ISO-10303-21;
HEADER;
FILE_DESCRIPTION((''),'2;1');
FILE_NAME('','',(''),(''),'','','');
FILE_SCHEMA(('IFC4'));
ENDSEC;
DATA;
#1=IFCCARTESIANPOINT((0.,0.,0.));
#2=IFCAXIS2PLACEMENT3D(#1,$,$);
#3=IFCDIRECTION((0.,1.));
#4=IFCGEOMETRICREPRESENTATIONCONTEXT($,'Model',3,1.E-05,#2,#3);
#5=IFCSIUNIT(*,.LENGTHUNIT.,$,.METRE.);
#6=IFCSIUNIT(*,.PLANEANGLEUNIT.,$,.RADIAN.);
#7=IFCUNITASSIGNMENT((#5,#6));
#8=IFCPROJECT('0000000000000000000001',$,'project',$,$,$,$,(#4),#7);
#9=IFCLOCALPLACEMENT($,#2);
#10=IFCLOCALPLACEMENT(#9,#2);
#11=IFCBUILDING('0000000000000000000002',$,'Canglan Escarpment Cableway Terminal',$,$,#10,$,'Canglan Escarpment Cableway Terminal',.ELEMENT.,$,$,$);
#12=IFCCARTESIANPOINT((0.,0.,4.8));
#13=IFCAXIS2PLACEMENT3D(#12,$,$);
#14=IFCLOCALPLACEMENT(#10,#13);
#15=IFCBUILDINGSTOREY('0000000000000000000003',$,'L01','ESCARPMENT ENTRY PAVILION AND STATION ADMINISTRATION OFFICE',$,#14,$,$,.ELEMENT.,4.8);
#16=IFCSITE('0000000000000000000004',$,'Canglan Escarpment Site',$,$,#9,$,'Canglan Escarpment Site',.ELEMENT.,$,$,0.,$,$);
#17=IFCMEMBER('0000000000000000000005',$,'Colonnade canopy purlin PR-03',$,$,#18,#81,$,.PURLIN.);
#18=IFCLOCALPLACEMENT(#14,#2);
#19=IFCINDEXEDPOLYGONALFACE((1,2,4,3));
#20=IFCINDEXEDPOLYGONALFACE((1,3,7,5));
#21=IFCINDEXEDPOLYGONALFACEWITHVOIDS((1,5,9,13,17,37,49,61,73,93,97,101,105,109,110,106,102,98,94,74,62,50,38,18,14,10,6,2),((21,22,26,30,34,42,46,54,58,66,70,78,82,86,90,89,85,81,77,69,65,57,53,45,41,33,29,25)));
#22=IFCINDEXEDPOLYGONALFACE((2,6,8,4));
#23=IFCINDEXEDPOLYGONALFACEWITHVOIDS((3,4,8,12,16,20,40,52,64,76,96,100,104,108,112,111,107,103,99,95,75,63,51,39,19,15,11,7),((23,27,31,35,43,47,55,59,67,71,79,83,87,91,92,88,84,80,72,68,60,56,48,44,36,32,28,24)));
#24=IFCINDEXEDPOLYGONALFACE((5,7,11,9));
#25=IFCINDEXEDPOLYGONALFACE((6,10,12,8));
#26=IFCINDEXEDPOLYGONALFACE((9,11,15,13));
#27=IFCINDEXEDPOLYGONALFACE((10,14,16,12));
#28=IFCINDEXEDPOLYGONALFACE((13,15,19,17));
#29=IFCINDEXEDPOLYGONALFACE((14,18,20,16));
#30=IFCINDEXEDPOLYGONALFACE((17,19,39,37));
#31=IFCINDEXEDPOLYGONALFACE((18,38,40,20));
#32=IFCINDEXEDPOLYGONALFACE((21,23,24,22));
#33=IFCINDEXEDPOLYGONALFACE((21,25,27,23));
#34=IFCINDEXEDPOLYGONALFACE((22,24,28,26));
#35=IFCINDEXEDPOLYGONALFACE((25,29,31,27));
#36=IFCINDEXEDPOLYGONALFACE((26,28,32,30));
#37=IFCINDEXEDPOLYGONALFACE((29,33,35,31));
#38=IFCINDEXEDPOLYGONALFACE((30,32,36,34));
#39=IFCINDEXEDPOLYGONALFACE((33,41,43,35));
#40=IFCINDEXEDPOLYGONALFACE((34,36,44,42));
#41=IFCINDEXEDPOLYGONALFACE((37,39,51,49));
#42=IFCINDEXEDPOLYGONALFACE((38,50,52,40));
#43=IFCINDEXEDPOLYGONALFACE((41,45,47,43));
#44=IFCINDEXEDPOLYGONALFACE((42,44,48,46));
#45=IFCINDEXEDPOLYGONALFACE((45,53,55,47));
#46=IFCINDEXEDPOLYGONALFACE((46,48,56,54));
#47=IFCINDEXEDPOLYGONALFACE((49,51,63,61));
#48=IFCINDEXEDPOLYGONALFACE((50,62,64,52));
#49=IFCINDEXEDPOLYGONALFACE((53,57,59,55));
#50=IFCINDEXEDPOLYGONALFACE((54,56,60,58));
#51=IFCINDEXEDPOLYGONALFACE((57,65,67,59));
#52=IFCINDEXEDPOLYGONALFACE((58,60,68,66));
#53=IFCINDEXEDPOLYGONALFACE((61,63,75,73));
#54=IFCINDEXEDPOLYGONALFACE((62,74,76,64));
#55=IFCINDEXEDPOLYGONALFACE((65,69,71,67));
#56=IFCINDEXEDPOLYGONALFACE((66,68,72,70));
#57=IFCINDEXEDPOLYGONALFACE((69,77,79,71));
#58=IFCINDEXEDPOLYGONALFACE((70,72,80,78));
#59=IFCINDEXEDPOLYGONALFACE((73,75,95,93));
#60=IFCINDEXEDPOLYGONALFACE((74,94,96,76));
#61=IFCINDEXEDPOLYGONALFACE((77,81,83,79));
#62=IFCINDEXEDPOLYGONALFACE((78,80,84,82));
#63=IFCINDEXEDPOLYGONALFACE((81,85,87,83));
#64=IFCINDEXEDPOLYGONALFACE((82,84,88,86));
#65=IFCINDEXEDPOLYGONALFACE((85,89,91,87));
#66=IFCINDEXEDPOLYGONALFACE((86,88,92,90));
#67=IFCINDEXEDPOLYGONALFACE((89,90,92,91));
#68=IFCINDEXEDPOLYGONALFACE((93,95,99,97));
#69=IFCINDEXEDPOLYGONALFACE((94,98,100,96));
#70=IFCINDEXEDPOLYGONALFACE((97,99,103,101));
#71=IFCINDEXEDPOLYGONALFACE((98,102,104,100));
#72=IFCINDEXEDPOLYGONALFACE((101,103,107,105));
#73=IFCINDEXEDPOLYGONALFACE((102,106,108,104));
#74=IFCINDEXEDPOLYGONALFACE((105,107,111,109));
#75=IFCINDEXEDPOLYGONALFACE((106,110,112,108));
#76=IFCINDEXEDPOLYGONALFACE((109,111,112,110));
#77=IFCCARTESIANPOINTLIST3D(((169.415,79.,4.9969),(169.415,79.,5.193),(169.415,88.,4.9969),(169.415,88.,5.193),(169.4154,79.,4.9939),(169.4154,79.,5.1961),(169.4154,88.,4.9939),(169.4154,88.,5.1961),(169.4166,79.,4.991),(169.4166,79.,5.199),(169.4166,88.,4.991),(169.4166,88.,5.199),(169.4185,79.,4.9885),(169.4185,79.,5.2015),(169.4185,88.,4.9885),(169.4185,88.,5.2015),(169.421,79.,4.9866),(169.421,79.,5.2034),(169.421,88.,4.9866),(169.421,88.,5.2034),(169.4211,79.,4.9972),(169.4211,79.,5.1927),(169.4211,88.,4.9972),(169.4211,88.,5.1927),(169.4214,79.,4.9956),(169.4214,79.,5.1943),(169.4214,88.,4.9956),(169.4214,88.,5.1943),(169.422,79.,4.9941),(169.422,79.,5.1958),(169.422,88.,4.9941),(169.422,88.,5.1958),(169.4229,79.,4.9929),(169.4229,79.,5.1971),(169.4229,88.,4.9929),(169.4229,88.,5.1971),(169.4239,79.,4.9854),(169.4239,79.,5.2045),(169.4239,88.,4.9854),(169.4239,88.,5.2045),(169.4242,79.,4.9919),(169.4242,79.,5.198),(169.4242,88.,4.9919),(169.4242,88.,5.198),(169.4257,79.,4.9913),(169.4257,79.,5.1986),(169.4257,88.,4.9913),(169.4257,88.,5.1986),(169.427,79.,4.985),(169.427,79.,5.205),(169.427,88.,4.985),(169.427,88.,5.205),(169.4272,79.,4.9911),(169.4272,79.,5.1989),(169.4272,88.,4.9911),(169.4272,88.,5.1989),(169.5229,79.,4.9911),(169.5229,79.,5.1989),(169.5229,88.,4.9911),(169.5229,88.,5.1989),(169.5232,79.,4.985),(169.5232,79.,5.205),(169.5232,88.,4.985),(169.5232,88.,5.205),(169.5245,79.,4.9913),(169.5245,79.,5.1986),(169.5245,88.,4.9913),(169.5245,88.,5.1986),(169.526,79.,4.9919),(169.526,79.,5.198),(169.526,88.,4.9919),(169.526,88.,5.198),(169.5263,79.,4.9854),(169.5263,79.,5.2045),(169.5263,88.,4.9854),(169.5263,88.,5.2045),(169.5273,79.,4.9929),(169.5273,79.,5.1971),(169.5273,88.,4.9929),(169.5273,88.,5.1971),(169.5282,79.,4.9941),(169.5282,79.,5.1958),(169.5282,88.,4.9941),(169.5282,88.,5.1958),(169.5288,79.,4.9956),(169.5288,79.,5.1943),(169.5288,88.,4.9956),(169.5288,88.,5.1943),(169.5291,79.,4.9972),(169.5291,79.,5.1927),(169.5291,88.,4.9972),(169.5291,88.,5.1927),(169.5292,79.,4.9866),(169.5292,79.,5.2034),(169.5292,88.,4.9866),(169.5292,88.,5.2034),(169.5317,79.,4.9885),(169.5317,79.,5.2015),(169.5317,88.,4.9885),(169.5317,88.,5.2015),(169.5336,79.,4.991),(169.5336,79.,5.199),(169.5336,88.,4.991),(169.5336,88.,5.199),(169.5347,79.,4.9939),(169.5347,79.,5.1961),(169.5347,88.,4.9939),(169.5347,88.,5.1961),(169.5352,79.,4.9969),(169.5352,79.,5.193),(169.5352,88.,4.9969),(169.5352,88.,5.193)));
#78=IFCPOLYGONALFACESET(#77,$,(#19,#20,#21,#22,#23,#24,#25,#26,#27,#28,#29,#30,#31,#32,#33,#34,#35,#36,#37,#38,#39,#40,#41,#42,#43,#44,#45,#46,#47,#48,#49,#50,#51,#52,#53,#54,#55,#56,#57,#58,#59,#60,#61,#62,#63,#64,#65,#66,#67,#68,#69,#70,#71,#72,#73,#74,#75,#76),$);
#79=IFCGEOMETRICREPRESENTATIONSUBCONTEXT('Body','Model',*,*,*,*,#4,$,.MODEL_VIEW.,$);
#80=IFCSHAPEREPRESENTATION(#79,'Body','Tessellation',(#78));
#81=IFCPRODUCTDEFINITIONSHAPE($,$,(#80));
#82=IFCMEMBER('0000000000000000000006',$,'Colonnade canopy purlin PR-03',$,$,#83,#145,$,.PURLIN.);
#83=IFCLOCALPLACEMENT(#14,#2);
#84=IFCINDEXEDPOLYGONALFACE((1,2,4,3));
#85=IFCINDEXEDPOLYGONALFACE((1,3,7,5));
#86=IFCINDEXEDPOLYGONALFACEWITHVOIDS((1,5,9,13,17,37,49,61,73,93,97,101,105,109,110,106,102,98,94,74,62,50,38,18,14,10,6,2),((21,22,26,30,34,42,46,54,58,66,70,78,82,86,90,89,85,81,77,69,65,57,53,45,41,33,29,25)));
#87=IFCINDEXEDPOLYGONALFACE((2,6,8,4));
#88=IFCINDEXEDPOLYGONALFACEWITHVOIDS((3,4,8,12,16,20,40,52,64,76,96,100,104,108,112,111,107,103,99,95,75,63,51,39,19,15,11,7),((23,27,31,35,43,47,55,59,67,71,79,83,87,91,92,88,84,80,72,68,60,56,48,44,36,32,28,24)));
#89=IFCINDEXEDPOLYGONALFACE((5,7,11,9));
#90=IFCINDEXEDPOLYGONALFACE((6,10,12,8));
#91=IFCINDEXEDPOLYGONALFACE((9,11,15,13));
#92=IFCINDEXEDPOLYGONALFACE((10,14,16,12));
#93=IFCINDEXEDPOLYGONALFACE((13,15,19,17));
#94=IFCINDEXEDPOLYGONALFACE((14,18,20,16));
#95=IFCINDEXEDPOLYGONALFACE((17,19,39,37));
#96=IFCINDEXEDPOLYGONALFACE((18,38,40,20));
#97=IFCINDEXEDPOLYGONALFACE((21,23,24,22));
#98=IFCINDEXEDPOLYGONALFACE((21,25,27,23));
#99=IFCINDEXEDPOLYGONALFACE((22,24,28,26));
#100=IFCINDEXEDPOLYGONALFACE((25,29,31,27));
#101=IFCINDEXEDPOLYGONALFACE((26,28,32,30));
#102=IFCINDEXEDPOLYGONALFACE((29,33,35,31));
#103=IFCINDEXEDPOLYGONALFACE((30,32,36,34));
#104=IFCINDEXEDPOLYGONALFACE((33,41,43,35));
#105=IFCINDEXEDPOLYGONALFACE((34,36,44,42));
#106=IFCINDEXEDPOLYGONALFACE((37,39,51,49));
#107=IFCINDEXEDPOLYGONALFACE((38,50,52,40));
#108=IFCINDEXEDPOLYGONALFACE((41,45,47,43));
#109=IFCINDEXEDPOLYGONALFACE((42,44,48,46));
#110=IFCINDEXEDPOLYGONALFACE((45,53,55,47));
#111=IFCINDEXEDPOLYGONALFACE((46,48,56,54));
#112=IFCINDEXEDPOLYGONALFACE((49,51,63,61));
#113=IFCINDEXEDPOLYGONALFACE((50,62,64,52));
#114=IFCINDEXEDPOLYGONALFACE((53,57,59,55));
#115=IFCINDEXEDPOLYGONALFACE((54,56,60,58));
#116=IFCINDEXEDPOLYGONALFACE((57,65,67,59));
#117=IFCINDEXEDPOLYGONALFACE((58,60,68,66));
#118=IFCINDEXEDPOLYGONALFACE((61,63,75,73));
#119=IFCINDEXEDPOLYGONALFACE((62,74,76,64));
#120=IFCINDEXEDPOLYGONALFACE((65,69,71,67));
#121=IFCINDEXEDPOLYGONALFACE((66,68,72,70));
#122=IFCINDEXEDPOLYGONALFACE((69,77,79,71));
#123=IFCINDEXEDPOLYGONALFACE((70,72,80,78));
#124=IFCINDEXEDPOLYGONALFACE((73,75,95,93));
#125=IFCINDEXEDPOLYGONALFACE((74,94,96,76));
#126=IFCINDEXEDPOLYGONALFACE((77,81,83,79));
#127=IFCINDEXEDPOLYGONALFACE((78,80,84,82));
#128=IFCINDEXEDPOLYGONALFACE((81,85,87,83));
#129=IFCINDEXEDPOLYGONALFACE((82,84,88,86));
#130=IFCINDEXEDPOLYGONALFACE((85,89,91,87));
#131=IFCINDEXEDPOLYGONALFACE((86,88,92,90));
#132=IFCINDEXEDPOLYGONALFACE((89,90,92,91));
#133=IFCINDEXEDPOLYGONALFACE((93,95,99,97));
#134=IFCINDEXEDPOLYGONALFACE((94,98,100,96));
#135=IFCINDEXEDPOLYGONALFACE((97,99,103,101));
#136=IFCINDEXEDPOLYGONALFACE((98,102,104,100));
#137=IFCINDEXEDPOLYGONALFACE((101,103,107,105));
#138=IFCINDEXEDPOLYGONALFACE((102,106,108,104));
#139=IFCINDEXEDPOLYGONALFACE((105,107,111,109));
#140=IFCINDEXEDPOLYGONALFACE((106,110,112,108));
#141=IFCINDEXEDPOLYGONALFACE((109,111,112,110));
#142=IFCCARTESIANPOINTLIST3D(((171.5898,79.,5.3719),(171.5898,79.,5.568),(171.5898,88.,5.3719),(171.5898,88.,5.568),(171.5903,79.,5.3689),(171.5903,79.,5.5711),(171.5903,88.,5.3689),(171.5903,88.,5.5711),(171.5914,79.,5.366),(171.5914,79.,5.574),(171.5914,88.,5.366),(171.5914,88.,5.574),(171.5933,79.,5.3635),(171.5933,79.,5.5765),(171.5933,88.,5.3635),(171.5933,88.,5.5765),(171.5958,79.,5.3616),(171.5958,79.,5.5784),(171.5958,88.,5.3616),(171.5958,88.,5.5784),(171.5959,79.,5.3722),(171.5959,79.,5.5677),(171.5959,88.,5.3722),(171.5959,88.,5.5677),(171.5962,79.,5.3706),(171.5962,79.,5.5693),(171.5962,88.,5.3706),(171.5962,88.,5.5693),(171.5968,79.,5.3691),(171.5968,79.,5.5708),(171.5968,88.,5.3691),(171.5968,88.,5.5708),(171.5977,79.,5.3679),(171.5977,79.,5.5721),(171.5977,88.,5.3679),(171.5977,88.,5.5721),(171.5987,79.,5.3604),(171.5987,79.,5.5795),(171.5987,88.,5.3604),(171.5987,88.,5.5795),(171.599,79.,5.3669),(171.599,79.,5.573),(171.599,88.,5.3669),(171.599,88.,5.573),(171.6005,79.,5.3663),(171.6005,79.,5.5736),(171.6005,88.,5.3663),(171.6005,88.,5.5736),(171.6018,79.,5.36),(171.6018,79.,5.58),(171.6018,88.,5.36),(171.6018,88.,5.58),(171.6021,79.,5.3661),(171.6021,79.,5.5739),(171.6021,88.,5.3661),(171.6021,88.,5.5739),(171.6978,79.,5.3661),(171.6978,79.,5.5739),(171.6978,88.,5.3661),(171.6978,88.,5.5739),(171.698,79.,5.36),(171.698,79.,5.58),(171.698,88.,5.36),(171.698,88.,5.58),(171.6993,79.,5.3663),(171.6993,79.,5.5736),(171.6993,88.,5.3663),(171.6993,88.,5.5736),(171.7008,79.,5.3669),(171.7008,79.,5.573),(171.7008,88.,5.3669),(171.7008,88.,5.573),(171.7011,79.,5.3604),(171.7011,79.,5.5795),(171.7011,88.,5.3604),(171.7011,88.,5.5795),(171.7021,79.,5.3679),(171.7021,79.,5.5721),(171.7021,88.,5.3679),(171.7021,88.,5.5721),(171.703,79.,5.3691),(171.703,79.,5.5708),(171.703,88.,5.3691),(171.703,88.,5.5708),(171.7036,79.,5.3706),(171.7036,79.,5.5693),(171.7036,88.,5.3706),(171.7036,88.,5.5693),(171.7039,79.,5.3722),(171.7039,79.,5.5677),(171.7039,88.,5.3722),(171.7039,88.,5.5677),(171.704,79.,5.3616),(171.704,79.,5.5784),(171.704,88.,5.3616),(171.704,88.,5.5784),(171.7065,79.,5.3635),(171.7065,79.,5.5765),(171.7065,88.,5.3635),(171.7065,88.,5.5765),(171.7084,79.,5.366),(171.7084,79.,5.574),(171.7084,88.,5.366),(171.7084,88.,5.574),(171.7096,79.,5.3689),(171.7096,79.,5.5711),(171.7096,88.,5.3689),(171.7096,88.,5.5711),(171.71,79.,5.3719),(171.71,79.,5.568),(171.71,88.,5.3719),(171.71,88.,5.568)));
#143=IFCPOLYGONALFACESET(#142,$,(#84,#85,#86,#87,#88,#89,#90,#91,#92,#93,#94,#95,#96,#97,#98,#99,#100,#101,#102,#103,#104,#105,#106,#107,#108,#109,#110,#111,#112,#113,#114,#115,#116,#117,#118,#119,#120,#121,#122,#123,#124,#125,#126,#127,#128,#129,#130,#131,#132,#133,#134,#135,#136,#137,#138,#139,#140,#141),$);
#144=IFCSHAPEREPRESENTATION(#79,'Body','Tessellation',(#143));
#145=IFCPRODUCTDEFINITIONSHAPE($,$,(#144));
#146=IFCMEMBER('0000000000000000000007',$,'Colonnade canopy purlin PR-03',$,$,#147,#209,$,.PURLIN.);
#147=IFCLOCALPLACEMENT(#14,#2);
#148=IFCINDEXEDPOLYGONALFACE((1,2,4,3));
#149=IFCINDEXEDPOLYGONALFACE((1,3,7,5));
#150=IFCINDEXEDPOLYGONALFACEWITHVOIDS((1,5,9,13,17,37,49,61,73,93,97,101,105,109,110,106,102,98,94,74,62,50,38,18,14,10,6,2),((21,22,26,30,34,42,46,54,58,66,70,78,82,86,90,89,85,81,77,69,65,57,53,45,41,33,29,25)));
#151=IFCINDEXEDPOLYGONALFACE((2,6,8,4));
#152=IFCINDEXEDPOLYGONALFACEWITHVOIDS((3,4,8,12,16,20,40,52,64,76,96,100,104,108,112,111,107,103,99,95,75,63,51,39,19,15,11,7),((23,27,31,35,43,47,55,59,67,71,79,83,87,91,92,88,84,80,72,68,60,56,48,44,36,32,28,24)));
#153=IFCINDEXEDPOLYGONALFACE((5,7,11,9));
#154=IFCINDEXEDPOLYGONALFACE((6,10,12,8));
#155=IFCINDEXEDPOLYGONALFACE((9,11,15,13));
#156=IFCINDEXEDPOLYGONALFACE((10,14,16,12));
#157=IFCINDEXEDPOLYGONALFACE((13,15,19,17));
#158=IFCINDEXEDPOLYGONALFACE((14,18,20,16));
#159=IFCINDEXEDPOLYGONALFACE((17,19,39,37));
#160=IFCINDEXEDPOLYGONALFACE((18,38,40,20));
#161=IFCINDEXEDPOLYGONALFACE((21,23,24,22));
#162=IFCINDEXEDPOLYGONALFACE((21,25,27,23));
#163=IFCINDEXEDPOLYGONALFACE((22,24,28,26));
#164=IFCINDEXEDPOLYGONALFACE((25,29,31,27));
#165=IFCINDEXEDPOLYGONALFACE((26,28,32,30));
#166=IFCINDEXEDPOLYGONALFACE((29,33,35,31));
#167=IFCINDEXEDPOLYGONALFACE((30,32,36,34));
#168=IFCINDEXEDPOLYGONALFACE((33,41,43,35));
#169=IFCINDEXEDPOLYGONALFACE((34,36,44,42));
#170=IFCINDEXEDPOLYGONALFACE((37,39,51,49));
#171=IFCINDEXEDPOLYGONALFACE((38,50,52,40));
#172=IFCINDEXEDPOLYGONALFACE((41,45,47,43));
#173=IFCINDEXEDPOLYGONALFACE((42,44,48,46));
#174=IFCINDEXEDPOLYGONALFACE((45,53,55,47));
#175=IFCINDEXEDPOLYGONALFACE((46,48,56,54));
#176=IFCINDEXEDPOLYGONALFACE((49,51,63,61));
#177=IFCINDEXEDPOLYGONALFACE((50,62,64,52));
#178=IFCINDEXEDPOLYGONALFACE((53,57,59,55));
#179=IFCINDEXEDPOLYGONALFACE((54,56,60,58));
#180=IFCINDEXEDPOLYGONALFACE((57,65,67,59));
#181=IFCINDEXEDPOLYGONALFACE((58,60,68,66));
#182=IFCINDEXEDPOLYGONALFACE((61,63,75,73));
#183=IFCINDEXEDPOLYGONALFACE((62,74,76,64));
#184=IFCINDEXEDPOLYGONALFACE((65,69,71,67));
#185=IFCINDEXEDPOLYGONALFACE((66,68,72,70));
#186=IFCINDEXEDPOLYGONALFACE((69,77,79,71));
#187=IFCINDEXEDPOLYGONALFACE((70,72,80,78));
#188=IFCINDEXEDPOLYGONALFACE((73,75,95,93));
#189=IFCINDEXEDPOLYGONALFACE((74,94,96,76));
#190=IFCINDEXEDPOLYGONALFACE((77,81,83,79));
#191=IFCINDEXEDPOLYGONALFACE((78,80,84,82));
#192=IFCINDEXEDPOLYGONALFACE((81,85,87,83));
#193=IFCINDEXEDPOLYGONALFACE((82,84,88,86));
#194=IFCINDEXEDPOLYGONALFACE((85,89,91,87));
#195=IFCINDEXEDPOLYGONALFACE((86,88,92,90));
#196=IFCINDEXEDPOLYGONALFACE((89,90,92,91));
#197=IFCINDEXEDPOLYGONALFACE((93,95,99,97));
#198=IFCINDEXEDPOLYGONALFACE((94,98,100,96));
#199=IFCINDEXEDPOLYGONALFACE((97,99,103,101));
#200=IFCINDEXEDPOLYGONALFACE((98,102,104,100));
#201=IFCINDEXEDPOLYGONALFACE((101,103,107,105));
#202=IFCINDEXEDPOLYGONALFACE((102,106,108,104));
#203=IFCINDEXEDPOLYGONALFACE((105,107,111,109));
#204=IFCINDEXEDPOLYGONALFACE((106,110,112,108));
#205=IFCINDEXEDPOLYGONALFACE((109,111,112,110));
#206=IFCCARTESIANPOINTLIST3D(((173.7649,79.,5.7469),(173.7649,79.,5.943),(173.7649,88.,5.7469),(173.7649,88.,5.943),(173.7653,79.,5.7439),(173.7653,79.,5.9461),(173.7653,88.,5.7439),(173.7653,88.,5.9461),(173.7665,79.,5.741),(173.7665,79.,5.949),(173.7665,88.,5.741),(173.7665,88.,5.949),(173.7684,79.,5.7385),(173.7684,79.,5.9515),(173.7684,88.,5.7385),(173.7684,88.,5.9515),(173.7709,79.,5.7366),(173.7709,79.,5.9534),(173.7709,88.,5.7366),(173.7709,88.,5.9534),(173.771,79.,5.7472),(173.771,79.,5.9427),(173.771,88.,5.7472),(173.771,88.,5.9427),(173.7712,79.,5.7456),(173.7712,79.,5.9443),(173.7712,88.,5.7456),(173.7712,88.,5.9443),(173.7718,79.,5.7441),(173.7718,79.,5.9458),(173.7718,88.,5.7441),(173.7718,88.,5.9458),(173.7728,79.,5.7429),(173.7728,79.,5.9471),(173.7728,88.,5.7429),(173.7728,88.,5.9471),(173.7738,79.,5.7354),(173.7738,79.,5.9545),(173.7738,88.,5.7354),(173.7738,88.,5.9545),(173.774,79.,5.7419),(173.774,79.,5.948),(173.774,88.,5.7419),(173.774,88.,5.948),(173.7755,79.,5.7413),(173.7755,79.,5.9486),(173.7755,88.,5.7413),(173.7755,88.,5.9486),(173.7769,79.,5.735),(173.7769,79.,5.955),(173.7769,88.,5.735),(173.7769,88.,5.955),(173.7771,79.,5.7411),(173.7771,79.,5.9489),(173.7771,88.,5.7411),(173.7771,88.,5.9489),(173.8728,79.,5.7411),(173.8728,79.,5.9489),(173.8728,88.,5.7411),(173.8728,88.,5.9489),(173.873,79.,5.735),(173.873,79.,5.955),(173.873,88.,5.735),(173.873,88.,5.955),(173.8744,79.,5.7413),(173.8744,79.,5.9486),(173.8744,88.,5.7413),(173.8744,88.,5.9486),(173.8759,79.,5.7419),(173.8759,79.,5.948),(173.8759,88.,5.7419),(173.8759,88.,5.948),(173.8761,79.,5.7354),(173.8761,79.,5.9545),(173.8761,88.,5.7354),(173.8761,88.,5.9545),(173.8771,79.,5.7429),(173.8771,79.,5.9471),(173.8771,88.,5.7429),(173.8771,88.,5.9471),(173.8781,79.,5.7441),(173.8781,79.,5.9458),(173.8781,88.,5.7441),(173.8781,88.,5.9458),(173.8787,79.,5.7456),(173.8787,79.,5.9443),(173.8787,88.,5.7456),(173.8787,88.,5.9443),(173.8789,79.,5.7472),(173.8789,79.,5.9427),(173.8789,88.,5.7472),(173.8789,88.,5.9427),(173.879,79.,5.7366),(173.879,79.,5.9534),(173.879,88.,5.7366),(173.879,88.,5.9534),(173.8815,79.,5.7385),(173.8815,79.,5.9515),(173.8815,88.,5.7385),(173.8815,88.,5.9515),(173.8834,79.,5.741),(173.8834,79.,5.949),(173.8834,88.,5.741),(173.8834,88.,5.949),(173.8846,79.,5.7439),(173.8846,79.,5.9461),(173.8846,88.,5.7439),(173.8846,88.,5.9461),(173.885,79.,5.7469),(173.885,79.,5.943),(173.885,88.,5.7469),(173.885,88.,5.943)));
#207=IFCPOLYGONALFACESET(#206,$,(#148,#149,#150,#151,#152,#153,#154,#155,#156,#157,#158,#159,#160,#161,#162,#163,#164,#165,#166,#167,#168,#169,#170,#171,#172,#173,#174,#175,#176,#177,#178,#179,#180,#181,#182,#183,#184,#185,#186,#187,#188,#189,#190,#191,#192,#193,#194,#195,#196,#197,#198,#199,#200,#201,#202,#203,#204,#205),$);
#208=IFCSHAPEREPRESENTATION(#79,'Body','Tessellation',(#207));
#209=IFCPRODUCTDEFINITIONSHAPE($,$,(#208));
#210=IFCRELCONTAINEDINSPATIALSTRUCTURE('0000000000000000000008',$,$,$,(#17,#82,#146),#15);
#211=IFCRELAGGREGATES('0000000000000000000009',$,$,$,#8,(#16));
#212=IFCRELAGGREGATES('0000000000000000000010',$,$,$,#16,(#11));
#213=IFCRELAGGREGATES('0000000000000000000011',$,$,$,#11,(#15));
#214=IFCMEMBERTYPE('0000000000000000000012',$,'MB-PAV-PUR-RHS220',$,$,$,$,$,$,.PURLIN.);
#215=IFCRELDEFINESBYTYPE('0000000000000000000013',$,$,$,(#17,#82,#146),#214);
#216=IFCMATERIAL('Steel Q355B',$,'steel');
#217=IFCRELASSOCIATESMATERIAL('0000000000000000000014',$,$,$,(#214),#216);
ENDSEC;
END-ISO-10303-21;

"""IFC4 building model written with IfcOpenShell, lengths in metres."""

from ifc_helpers import new_model, si_unit, direction, frame, origin, origin_2d, place, context, subcontext, project, spatial, hollow_rectangle, extrude, material, material_profile, profile_set, type_object, element, save


model = new_model("IFC4")

# Units and contexts
model_context = context("Model", 3, precision=1e-05, world=origin(), true_north=direction((0.0, 1.0)))
body_context = subcontext(model_context, "Body", "Model", "MODEL_VIEW")
ifc_project = project(units=[si_unit("LENGTHUNIT", "METRE"), si_unit("PLANEANGLEUNIT", "RADIAN")], contexts=[model_context])

# Site, building, storey
site_placement = place(None, origin())
site = spatial("IfcSite", under=ifc_project, at=site_placement, Name="Canglan Escarpment Site", LongName="Canglan Escarpment Site", CompositionType="ELEMENT", RefElevation=0.0)
building_placement = place(site_placement, origin())
building = spatial("IfcBuilding", under=site, at=building_placement, Name="Canglan Escarpment Cableway Terminal", LongName="Canglan Escarpment Cableway Terminal", CompositionType="ELEMENT")
storey_placement = place(building_placement, frame((0.0, 0.0, 4.8)))
storey = spatial("IfcBuildingStorey", under=building, at=storey_placement, Name="L01", Description="ESCARPMENT ENTRY PAVILION AND STATION ADMINISTRATION OFFICE", CompositionType="ELEMENT", Elevation=4.8)

# Shared definitions
ifc_material_1 = material(Name="Steel Q355B", Category="steel")

# Members
ifc_material_profile_1 = material_profile(ifc_material_1, hollow_rectangle(XDim=0.1201, YDim=0.22, WallThickness=0.0061, InnerFilletRadius=0.0061, OuterFilletRadius=0.012, at=origin_2d()), Name="RHS 220x120x6")
ifc_profile_set_1 = profile_set([ifc_material_profile_1], Name="Steel Q355B")
member_type_1 = type_object("IfcMemberType", Name="MB-PAV-PUR-RHS220", PredefinedType="PURLIN", material=ifc_profile_set_1)
for number, where, z_axis, x_axis, name in (
    (1, (169.4751, 79.0, 5.095), (0.0, 1.0, 0.0), (-1.0, 0.0, 0.0), "Colonnade canopy purlin PR-03"),
    (2, (171.6499, 79.0, 5.47), (0.0, 1.0, 0.0), (-1.0, 0.0, 0.0), "Colonnade canopy purlin PR-03"),
    (3, (173.825, 79.0, 5.845), (0.0, 1.0, 0.0), (-1.0, 0.0, 0.0), "Colonnade canopy purlin PR-03"),
):
    element("IfcMember", number, at=place(storey_placement, frame(where, z_axis=z_axis, x_axis=x_axis)), inside=storey, type_object=member_type_1, Name=name, PredefinedType="PURLIN", context=body_context, shape_type="SweptSolid", body=[
        extrude(hollow_rectangle(XDim=0.1201, YDim=0.22, WallThickness=0.0061, InnerFilletRadius=0.0061, OuterFilletRadius=0.012, at=origin_2d()), origin(), (0.0, 0.0, 1.0), 9.0),
    ])

save(model, "model.ifc")
